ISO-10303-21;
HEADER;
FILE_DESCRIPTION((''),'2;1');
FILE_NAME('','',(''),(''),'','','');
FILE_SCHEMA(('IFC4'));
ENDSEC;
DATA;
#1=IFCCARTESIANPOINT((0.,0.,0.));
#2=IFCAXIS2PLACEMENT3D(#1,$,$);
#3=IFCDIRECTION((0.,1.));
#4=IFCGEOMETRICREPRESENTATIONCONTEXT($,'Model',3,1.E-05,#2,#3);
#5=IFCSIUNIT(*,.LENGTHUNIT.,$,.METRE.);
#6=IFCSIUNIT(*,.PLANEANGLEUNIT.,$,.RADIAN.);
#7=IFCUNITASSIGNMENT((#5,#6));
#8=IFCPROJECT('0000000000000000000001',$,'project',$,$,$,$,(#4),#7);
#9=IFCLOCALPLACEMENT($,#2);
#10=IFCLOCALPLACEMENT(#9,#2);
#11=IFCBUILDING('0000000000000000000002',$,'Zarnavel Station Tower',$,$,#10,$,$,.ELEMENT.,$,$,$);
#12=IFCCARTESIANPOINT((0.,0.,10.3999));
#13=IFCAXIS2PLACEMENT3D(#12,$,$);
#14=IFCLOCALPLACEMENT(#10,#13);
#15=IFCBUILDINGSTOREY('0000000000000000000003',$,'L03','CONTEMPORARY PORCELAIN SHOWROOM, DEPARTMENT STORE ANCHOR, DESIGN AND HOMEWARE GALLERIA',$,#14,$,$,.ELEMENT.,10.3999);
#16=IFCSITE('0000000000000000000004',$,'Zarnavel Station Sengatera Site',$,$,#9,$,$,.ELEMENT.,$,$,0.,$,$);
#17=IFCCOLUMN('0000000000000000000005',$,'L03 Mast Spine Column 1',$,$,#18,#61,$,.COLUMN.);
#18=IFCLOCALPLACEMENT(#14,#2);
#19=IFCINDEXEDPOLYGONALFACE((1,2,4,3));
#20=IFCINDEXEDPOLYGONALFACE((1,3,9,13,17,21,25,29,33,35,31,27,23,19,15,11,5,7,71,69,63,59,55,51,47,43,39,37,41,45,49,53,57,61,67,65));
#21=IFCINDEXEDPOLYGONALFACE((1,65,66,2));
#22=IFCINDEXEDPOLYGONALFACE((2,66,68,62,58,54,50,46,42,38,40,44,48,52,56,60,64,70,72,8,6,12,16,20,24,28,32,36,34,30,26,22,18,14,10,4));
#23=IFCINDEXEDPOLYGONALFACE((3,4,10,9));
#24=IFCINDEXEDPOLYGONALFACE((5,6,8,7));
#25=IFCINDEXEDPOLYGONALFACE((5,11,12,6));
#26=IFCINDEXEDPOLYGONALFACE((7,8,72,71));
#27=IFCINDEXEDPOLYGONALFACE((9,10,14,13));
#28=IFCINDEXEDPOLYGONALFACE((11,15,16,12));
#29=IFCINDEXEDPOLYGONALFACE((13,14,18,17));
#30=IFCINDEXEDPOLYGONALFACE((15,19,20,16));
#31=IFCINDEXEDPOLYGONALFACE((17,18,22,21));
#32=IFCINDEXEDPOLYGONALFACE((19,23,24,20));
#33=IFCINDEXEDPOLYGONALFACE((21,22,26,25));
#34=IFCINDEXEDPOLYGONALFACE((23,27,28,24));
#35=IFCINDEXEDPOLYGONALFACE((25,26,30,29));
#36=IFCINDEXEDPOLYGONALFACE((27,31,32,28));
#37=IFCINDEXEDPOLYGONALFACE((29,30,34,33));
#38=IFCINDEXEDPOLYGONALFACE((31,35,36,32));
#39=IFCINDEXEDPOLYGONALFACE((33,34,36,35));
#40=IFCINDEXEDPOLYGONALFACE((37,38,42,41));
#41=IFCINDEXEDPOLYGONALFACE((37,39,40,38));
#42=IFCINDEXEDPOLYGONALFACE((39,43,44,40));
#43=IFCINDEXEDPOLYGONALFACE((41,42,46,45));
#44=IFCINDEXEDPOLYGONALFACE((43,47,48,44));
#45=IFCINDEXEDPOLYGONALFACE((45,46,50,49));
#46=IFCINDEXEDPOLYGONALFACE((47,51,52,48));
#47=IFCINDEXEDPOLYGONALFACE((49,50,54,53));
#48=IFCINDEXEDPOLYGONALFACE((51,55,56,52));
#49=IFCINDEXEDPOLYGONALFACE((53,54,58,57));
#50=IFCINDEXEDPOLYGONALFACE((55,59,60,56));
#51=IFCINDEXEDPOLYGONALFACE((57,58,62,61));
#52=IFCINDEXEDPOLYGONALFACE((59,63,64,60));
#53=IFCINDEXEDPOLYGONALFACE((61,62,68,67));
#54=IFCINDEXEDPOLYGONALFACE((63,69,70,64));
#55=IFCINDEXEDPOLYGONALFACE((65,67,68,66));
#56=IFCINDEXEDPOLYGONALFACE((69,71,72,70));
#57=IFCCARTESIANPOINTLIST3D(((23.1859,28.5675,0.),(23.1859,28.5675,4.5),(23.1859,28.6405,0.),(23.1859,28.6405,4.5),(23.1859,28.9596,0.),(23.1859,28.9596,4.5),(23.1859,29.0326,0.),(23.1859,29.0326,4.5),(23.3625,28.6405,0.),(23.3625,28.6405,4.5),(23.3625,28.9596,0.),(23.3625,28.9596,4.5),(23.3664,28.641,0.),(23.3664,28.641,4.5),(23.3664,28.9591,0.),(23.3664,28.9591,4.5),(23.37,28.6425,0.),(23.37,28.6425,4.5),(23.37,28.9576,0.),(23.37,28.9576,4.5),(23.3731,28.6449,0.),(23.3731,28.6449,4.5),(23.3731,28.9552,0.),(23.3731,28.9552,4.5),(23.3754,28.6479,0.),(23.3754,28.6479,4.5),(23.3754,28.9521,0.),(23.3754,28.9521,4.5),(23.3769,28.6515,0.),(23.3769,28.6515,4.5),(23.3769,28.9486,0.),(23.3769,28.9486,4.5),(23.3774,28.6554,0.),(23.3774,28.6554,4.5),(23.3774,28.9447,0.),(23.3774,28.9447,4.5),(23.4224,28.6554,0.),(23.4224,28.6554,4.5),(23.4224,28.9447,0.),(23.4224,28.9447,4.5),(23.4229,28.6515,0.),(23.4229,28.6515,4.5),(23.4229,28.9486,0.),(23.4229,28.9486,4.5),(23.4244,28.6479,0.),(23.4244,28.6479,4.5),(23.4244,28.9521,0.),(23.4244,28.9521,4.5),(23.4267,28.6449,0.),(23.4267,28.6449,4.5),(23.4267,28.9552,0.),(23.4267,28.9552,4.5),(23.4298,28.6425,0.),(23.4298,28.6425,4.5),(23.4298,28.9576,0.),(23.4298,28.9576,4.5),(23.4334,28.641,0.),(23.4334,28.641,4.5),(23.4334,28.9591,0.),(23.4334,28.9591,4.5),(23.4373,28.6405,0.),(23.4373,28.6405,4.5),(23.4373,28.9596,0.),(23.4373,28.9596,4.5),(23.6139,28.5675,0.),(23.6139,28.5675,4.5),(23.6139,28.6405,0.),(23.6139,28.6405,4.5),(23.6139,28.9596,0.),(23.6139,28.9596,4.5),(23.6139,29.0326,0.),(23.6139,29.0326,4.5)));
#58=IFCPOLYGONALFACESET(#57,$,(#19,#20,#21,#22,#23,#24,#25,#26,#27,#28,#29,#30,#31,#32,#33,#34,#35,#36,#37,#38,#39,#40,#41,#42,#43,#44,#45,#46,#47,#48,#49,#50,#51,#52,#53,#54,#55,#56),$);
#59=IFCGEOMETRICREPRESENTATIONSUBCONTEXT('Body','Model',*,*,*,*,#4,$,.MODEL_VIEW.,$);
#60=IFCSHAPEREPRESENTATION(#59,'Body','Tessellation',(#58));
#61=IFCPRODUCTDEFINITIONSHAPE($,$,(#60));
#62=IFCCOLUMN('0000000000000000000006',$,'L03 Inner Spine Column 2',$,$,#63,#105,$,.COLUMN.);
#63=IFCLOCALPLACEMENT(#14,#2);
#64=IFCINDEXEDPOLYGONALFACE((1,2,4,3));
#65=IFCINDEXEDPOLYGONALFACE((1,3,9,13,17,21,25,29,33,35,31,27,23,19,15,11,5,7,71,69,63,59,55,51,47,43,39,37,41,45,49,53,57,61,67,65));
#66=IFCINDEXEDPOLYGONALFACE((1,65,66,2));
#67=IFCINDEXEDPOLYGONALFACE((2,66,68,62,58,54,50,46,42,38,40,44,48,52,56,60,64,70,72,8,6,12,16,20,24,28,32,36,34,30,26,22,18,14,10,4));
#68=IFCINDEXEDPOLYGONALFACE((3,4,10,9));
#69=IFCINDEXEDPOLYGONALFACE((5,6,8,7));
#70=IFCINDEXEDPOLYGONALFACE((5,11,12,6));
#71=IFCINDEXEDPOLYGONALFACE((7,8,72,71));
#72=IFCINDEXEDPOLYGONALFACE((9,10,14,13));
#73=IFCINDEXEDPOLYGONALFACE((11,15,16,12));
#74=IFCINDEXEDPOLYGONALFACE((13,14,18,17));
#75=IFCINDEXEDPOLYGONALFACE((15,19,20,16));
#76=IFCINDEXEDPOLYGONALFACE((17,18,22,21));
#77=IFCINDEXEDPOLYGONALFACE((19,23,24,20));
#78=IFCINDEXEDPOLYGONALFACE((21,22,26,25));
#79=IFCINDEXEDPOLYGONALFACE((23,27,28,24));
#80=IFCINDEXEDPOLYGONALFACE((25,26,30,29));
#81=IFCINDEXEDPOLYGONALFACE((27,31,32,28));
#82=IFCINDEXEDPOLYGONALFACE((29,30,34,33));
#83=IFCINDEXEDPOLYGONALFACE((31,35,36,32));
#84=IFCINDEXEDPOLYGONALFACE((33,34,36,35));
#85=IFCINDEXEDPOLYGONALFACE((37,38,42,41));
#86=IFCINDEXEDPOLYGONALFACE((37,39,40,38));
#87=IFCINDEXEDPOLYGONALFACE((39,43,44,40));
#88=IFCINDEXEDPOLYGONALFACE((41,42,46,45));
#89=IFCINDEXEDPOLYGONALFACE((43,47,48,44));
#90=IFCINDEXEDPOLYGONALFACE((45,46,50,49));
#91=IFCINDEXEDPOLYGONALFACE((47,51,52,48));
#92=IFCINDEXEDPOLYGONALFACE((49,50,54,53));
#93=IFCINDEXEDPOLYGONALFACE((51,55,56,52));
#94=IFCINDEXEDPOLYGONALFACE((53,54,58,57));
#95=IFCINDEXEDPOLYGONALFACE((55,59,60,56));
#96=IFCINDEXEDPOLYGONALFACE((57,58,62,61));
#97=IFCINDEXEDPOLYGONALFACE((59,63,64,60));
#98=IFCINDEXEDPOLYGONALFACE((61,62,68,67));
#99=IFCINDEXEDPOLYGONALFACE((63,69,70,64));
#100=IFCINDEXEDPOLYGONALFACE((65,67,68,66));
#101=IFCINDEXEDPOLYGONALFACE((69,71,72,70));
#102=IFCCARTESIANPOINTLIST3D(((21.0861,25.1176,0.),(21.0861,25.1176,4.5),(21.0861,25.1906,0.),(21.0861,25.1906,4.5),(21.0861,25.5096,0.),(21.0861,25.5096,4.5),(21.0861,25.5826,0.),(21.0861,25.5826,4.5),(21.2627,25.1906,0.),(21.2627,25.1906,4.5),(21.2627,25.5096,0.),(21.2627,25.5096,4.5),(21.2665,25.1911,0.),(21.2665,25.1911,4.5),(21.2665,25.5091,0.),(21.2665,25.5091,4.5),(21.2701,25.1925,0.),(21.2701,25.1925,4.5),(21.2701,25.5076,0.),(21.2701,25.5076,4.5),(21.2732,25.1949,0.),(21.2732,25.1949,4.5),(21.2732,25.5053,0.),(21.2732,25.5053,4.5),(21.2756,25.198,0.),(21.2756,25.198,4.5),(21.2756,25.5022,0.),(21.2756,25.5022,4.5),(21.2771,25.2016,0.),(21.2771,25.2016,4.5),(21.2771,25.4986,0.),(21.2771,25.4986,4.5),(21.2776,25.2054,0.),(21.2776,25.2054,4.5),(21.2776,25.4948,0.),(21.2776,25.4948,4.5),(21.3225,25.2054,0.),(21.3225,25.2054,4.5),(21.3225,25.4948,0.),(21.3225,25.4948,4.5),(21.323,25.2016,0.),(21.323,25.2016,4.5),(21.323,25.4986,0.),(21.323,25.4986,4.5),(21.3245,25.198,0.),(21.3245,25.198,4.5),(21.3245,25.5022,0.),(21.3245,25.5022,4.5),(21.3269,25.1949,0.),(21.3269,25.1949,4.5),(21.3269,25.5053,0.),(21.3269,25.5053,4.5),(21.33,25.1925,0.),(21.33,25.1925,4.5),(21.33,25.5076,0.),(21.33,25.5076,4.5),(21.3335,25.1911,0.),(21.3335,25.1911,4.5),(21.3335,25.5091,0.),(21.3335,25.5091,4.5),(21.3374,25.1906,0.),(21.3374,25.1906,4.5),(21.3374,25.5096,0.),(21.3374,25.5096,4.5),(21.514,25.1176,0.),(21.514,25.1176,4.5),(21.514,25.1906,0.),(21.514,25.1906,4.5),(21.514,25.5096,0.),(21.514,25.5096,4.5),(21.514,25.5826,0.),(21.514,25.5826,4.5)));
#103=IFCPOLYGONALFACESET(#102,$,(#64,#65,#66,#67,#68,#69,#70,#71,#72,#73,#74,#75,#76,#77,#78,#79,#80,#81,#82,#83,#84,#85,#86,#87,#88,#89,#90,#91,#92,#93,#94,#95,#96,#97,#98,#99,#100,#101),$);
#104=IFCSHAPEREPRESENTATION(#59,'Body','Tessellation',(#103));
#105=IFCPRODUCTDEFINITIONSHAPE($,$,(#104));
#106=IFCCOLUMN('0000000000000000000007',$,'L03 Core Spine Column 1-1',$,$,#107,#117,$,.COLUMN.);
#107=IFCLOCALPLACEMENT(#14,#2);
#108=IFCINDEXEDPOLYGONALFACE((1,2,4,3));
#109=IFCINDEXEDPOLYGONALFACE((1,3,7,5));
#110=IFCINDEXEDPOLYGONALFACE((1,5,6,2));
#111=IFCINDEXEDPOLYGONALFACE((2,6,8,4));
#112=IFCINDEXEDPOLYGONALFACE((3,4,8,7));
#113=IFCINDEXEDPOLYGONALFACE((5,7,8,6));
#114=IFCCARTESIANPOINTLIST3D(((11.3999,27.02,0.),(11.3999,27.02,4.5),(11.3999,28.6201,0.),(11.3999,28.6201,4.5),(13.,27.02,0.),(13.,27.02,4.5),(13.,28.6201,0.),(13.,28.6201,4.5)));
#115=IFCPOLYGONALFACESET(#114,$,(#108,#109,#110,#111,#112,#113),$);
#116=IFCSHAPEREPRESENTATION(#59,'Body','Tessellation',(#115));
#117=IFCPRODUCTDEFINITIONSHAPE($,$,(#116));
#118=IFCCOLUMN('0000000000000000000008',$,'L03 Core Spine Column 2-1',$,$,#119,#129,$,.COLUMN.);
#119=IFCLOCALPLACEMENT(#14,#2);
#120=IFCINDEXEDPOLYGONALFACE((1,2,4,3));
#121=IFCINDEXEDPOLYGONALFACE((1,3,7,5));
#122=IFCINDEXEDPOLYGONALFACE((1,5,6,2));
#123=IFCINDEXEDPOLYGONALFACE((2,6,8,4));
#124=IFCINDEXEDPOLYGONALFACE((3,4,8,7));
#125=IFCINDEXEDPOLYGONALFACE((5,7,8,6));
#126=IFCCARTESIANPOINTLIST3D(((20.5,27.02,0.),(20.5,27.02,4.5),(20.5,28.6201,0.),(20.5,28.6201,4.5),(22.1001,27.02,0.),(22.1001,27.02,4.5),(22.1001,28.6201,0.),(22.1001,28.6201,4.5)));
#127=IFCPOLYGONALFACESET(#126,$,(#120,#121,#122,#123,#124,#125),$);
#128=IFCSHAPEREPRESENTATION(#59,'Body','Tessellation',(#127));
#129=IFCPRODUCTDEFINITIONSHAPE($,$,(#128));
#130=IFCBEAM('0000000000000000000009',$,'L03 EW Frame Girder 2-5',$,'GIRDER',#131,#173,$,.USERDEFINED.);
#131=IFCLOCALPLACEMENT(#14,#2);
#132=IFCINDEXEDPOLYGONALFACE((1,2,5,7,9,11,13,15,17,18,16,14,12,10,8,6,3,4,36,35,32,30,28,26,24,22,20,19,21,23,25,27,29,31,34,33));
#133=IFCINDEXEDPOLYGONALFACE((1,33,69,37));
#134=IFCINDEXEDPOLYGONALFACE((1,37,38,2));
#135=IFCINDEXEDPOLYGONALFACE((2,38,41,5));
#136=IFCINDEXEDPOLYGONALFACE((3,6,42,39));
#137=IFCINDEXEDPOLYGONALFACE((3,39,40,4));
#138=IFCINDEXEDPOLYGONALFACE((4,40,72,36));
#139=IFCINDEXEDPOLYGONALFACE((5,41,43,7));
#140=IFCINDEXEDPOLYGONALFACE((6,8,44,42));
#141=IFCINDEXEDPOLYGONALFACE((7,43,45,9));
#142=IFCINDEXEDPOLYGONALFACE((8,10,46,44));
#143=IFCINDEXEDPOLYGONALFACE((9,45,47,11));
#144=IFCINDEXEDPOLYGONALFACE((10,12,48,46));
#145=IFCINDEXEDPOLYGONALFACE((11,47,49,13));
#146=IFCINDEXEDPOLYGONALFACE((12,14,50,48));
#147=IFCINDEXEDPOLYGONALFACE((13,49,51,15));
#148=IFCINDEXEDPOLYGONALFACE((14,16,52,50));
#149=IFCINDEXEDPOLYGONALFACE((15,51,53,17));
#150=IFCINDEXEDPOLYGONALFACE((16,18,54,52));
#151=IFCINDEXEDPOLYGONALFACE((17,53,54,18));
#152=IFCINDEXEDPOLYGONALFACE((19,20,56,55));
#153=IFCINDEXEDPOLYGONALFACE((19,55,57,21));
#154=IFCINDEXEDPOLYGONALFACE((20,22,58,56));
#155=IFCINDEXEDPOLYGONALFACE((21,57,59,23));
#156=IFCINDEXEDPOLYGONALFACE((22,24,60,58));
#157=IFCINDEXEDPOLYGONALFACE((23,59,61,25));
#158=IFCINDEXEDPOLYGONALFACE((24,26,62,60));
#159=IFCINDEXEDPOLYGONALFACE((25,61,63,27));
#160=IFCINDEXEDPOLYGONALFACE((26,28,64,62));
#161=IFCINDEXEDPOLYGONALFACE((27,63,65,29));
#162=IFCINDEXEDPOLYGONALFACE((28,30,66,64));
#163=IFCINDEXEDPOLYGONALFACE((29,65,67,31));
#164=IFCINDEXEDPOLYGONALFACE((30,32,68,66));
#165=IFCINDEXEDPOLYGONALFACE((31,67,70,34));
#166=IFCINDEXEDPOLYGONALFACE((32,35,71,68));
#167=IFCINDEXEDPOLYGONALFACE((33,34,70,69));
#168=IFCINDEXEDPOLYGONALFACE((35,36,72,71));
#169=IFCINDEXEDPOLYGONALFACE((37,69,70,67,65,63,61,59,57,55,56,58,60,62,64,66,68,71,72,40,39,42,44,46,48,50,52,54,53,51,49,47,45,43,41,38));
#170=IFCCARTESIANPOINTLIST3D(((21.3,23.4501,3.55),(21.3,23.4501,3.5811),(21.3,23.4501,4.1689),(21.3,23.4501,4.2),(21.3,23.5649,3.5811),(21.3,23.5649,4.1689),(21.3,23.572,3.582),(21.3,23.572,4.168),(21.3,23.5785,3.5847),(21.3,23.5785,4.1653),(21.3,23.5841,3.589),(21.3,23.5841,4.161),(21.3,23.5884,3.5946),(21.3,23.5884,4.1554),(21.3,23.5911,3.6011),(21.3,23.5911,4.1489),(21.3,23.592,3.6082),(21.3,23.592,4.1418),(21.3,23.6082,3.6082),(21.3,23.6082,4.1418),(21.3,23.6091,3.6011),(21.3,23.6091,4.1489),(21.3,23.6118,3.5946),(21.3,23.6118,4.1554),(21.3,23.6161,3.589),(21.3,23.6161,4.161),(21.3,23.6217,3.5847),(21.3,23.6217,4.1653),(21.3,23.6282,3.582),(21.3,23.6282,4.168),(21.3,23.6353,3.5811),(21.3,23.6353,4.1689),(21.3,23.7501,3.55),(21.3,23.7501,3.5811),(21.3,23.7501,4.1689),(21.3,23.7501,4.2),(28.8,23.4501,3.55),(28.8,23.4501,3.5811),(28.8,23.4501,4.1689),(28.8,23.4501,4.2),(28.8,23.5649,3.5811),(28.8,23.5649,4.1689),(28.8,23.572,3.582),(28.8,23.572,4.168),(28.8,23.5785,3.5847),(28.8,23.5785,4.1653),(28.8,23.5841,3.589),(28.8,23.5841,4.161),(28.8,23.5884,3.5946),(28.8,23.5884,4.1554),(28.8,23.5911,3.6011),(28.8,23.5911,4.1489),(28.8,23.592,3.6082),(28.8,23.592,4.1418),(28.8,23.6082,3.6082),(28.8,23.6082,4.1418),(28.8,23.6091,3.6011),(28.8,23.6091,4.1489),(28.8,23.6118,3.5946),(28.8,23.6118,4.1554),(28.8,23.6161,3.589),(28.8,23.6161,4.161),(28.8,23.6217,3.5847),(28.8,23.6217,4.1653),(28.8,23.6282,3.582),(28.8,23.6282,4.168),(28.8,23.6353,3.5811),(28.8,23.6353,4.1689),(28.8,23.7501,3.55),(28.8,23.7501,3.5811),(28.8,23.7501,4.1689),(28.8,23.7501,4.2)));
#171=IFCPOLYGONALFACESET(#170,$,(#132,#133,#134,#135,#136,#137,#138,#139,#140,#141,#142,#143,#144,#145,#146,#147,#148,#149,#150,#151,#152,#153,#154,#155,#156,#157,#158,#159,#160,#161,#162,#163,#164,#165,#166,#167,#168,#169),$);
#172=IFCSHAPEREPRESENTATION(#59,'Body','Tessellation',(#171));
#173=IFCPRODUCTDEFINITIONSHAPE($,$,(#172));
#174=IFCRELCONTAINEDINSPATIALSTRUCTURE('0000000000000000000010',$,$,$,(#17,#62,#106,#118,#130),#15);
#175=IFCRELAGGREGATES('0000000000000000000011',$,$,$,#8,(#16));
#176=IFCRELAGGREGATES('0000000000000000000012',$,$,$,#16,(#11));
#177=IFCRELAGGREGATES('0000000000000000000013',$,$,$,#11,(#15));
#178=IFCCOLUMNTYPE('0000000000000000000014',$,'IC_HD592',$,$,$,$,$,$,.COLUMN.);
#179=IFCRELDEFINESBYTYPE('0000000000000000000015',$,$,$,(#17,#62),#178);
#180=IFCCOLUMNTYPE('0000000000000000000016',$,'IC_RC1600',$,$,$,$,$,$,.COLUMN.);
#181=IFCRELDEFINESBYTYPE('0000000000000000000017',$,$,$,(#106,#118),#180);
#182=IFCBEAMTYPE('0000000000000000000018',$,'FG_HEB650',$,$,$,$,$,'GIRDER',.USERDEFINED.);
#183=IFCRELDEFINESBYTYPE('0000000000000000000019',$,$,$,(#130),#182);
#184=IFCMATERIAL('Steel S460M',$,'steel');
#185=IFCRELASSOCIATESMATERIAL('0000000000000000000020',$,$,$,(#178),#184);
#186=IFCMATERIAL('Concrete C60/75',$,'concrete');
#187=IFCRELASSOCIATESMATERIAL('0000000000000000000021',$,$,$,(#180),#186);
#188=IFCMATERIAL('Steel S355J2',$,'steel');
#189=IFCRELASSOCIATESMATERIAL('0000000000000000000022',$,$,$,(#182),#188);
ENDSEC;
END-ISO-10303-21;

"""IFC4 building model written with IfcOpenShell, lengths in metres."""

from ifc_helpers import new_model, si_unit, direction, frame, origin, origin_2d, place, context, subcontext, project, spatial, rectangle, i_section, extrude, material, material_profile, profile_set, type_object, element, save


model = new_model("IFC4")

# Units and contexts
model_context = context("Model", 3, precision=1e-05, world=origin(), true_north=direction((0.0, 1.0)))
body_context = subcontext(model_context, "Body", "Model", "MODEL_VIEW")
ifc_project = project(units=[si_unit("LENGTHUNIT", "METRE"), si_unit("PLANEANGLEUNIT", "RADIAN")], contexts=[model_context])

# Site, building, storey
site_placement = place(None, origin())
site = spatial("IfcSite", under=ifc_project, at=site_placement, Name="Zarnavel Station Sengatera Site", CompositionType="ELEMENT", RefElevation=0.0)
building_placement = place(site_placement, origin())
building = spatial("IfcBuilding", under=site, at=building_placement, Name="Zarnavel Station Tower", CompositionType="ELEMENT")
storey_placement = place(building_placement, frame((0.0, 0.0, 10.3999)))
storey = spatial("IfcBuildingStorey", under=building, at=storey_placement, Name="L03", Description="CONTEMPORARY PORCELAIN SHOWROOM, DEPARTMENT STORE ANCHOR, DESIGN AND HOMEWARE GALLERIA", CompositionType="ELEMENT", Elevation=10.3999)

# Columns
ifc_material_1 = material(Name="Steel S460M", Category="steel")
ifc_material_profile_1 = material_profile(ifc_material_1, i_section(OverallWidth=0.428, OverallDepth=0.4651, WebThickness=0.0449, FlangeThickness=0.073, FilletRadius=0.0149, at=origin_2d()), Name="HD400x592")
ifc_profile_set_1 = profile_set([ifc_material_profile_1], Name="Steel S460M")
column_type_1 = type_object("IfcColumnType", Name="IC_HD592", PredefinedType="COLUMN", material=ifc_profile_set_1)
for number, where, z_axis, x_axis, name in (
    (1, (23.3999, 28.8, 0.0), (0.0, 0.0, 1.0), (1.0, 0.0, 0.0), "L03 Mast Spine Column 1"),
    (2, (21.3, 25.3501, 0.0), (0.0, 0.0, 1.0), (1.0, 0.0, 0.0), "L03 Inner Spine Column 2"),
):
    element("IfcColumn", number, at=place(storey_placement, frame(where, z_axis=z_axis, x_axis=x_axis)), inside=storey, type_object=column_type_1, Name=name, PredefinedType="COLUMN", context=body_context, shape_type="SweptSolid", body=[
        extrude(i_section(OverallWidth=0.428, OverallDepth=0.4651, WebThickness=0.0449, FlangeThickness=0.073, FilletRadius=0.0149, at=origin_2d()), origin(), (0.0, 0.0, 1.0), 4.5),
    ])
ifc_material_2 = material(Name="Concrete C60/75", Category="concrete")
ifc_material_profile_2 = material_profile(ifc_material_2, rectangle(XDim=1.6001, YDim=1.6001, at=origin_2d()), Name="RC1600x1600")
ifc_profile_set_2 = profile_set([ifc_material_profile_2], Name="Concrete C60/75")
column_type_2 = type_object("IfcColumnType", Name="IC_RC1600", PredefinedType="COLUMN", material=ifc_profile_set_2)
for number, where, z_axis, x_axis, name in (
    (3, (12.2, 27.8201, 0.0), (0.0, 0.0, 1.0), (1.0, 0.0, 0.0), "L03 Core Spine Column 1-1"),
    (4, (21.3, 27.8201, 0.0), (0.0, 0.0, 1.0), (1.0, 0.0, 0.0), "L03 Core Spine Column 2-1"),
):
    element("IfcColumn", number, at=place(storey_placement, frame(where, z_axis=z_axis, x_axis=x_axis)), inside=storey, type_object=column_type_2, Name=name, PredefinedType="COLUMN", context=body_context, shape_type="SweptSolid", body=[
        extrude(rectangle(XDim=1.6001, YDim=1.6001, at=origin_2d()), origin(), (0.0, 0.0, 1.0), 4.5),
    ])

# Beam
ifc_material_3 = material(Name="Steel S355J2", Category="steel")
ifc_material_profile_3 = material_profile(ifc_material_3, i_section(OverallWidth=0.3, OverallDepth=0.6499, WebThickness=0.0161, FlangeThickness=0.031, FilletRadius=0.0271, at=origin_2d()), Name="HEB650")
ifc_profile_set_3 = profile_set([ifc_material_profile_3], Name="Steel S355J2")
beam_type_1 = type_object("IfcBeamType", Name="FG_HEB650", ElementType="GIRDER", PredefinedType="USERDEFINED", material=ifc_profile_set_3)
beam_placement = place(storey_placement, frame((21.3, 23.6001, 3.875), z_axis=(1.0, 0.0, 0.0), x_axis=(0.0, 1.0, 0.0)))
element("IfcBeam", 5, at=beam_placement, inside=storey, type_object=beam_type_1, Name="L03 EW Frame Girder 2-5", ObjectType="GIRDER", PredefinedType="USERDEFINED", context=body_context, shape_type="SweptSolid", body=[
    extrude(i_section(OverallWidth=0.3, OverallDepth=0.6499, WebThickness=0.0161, FlangeThickness=0.031, FilletRadius=0.0271, at=origin_2d()), origin(), (0.0, 0.0, 1.0), 7.5),
])

save(model, "model.ifc")
